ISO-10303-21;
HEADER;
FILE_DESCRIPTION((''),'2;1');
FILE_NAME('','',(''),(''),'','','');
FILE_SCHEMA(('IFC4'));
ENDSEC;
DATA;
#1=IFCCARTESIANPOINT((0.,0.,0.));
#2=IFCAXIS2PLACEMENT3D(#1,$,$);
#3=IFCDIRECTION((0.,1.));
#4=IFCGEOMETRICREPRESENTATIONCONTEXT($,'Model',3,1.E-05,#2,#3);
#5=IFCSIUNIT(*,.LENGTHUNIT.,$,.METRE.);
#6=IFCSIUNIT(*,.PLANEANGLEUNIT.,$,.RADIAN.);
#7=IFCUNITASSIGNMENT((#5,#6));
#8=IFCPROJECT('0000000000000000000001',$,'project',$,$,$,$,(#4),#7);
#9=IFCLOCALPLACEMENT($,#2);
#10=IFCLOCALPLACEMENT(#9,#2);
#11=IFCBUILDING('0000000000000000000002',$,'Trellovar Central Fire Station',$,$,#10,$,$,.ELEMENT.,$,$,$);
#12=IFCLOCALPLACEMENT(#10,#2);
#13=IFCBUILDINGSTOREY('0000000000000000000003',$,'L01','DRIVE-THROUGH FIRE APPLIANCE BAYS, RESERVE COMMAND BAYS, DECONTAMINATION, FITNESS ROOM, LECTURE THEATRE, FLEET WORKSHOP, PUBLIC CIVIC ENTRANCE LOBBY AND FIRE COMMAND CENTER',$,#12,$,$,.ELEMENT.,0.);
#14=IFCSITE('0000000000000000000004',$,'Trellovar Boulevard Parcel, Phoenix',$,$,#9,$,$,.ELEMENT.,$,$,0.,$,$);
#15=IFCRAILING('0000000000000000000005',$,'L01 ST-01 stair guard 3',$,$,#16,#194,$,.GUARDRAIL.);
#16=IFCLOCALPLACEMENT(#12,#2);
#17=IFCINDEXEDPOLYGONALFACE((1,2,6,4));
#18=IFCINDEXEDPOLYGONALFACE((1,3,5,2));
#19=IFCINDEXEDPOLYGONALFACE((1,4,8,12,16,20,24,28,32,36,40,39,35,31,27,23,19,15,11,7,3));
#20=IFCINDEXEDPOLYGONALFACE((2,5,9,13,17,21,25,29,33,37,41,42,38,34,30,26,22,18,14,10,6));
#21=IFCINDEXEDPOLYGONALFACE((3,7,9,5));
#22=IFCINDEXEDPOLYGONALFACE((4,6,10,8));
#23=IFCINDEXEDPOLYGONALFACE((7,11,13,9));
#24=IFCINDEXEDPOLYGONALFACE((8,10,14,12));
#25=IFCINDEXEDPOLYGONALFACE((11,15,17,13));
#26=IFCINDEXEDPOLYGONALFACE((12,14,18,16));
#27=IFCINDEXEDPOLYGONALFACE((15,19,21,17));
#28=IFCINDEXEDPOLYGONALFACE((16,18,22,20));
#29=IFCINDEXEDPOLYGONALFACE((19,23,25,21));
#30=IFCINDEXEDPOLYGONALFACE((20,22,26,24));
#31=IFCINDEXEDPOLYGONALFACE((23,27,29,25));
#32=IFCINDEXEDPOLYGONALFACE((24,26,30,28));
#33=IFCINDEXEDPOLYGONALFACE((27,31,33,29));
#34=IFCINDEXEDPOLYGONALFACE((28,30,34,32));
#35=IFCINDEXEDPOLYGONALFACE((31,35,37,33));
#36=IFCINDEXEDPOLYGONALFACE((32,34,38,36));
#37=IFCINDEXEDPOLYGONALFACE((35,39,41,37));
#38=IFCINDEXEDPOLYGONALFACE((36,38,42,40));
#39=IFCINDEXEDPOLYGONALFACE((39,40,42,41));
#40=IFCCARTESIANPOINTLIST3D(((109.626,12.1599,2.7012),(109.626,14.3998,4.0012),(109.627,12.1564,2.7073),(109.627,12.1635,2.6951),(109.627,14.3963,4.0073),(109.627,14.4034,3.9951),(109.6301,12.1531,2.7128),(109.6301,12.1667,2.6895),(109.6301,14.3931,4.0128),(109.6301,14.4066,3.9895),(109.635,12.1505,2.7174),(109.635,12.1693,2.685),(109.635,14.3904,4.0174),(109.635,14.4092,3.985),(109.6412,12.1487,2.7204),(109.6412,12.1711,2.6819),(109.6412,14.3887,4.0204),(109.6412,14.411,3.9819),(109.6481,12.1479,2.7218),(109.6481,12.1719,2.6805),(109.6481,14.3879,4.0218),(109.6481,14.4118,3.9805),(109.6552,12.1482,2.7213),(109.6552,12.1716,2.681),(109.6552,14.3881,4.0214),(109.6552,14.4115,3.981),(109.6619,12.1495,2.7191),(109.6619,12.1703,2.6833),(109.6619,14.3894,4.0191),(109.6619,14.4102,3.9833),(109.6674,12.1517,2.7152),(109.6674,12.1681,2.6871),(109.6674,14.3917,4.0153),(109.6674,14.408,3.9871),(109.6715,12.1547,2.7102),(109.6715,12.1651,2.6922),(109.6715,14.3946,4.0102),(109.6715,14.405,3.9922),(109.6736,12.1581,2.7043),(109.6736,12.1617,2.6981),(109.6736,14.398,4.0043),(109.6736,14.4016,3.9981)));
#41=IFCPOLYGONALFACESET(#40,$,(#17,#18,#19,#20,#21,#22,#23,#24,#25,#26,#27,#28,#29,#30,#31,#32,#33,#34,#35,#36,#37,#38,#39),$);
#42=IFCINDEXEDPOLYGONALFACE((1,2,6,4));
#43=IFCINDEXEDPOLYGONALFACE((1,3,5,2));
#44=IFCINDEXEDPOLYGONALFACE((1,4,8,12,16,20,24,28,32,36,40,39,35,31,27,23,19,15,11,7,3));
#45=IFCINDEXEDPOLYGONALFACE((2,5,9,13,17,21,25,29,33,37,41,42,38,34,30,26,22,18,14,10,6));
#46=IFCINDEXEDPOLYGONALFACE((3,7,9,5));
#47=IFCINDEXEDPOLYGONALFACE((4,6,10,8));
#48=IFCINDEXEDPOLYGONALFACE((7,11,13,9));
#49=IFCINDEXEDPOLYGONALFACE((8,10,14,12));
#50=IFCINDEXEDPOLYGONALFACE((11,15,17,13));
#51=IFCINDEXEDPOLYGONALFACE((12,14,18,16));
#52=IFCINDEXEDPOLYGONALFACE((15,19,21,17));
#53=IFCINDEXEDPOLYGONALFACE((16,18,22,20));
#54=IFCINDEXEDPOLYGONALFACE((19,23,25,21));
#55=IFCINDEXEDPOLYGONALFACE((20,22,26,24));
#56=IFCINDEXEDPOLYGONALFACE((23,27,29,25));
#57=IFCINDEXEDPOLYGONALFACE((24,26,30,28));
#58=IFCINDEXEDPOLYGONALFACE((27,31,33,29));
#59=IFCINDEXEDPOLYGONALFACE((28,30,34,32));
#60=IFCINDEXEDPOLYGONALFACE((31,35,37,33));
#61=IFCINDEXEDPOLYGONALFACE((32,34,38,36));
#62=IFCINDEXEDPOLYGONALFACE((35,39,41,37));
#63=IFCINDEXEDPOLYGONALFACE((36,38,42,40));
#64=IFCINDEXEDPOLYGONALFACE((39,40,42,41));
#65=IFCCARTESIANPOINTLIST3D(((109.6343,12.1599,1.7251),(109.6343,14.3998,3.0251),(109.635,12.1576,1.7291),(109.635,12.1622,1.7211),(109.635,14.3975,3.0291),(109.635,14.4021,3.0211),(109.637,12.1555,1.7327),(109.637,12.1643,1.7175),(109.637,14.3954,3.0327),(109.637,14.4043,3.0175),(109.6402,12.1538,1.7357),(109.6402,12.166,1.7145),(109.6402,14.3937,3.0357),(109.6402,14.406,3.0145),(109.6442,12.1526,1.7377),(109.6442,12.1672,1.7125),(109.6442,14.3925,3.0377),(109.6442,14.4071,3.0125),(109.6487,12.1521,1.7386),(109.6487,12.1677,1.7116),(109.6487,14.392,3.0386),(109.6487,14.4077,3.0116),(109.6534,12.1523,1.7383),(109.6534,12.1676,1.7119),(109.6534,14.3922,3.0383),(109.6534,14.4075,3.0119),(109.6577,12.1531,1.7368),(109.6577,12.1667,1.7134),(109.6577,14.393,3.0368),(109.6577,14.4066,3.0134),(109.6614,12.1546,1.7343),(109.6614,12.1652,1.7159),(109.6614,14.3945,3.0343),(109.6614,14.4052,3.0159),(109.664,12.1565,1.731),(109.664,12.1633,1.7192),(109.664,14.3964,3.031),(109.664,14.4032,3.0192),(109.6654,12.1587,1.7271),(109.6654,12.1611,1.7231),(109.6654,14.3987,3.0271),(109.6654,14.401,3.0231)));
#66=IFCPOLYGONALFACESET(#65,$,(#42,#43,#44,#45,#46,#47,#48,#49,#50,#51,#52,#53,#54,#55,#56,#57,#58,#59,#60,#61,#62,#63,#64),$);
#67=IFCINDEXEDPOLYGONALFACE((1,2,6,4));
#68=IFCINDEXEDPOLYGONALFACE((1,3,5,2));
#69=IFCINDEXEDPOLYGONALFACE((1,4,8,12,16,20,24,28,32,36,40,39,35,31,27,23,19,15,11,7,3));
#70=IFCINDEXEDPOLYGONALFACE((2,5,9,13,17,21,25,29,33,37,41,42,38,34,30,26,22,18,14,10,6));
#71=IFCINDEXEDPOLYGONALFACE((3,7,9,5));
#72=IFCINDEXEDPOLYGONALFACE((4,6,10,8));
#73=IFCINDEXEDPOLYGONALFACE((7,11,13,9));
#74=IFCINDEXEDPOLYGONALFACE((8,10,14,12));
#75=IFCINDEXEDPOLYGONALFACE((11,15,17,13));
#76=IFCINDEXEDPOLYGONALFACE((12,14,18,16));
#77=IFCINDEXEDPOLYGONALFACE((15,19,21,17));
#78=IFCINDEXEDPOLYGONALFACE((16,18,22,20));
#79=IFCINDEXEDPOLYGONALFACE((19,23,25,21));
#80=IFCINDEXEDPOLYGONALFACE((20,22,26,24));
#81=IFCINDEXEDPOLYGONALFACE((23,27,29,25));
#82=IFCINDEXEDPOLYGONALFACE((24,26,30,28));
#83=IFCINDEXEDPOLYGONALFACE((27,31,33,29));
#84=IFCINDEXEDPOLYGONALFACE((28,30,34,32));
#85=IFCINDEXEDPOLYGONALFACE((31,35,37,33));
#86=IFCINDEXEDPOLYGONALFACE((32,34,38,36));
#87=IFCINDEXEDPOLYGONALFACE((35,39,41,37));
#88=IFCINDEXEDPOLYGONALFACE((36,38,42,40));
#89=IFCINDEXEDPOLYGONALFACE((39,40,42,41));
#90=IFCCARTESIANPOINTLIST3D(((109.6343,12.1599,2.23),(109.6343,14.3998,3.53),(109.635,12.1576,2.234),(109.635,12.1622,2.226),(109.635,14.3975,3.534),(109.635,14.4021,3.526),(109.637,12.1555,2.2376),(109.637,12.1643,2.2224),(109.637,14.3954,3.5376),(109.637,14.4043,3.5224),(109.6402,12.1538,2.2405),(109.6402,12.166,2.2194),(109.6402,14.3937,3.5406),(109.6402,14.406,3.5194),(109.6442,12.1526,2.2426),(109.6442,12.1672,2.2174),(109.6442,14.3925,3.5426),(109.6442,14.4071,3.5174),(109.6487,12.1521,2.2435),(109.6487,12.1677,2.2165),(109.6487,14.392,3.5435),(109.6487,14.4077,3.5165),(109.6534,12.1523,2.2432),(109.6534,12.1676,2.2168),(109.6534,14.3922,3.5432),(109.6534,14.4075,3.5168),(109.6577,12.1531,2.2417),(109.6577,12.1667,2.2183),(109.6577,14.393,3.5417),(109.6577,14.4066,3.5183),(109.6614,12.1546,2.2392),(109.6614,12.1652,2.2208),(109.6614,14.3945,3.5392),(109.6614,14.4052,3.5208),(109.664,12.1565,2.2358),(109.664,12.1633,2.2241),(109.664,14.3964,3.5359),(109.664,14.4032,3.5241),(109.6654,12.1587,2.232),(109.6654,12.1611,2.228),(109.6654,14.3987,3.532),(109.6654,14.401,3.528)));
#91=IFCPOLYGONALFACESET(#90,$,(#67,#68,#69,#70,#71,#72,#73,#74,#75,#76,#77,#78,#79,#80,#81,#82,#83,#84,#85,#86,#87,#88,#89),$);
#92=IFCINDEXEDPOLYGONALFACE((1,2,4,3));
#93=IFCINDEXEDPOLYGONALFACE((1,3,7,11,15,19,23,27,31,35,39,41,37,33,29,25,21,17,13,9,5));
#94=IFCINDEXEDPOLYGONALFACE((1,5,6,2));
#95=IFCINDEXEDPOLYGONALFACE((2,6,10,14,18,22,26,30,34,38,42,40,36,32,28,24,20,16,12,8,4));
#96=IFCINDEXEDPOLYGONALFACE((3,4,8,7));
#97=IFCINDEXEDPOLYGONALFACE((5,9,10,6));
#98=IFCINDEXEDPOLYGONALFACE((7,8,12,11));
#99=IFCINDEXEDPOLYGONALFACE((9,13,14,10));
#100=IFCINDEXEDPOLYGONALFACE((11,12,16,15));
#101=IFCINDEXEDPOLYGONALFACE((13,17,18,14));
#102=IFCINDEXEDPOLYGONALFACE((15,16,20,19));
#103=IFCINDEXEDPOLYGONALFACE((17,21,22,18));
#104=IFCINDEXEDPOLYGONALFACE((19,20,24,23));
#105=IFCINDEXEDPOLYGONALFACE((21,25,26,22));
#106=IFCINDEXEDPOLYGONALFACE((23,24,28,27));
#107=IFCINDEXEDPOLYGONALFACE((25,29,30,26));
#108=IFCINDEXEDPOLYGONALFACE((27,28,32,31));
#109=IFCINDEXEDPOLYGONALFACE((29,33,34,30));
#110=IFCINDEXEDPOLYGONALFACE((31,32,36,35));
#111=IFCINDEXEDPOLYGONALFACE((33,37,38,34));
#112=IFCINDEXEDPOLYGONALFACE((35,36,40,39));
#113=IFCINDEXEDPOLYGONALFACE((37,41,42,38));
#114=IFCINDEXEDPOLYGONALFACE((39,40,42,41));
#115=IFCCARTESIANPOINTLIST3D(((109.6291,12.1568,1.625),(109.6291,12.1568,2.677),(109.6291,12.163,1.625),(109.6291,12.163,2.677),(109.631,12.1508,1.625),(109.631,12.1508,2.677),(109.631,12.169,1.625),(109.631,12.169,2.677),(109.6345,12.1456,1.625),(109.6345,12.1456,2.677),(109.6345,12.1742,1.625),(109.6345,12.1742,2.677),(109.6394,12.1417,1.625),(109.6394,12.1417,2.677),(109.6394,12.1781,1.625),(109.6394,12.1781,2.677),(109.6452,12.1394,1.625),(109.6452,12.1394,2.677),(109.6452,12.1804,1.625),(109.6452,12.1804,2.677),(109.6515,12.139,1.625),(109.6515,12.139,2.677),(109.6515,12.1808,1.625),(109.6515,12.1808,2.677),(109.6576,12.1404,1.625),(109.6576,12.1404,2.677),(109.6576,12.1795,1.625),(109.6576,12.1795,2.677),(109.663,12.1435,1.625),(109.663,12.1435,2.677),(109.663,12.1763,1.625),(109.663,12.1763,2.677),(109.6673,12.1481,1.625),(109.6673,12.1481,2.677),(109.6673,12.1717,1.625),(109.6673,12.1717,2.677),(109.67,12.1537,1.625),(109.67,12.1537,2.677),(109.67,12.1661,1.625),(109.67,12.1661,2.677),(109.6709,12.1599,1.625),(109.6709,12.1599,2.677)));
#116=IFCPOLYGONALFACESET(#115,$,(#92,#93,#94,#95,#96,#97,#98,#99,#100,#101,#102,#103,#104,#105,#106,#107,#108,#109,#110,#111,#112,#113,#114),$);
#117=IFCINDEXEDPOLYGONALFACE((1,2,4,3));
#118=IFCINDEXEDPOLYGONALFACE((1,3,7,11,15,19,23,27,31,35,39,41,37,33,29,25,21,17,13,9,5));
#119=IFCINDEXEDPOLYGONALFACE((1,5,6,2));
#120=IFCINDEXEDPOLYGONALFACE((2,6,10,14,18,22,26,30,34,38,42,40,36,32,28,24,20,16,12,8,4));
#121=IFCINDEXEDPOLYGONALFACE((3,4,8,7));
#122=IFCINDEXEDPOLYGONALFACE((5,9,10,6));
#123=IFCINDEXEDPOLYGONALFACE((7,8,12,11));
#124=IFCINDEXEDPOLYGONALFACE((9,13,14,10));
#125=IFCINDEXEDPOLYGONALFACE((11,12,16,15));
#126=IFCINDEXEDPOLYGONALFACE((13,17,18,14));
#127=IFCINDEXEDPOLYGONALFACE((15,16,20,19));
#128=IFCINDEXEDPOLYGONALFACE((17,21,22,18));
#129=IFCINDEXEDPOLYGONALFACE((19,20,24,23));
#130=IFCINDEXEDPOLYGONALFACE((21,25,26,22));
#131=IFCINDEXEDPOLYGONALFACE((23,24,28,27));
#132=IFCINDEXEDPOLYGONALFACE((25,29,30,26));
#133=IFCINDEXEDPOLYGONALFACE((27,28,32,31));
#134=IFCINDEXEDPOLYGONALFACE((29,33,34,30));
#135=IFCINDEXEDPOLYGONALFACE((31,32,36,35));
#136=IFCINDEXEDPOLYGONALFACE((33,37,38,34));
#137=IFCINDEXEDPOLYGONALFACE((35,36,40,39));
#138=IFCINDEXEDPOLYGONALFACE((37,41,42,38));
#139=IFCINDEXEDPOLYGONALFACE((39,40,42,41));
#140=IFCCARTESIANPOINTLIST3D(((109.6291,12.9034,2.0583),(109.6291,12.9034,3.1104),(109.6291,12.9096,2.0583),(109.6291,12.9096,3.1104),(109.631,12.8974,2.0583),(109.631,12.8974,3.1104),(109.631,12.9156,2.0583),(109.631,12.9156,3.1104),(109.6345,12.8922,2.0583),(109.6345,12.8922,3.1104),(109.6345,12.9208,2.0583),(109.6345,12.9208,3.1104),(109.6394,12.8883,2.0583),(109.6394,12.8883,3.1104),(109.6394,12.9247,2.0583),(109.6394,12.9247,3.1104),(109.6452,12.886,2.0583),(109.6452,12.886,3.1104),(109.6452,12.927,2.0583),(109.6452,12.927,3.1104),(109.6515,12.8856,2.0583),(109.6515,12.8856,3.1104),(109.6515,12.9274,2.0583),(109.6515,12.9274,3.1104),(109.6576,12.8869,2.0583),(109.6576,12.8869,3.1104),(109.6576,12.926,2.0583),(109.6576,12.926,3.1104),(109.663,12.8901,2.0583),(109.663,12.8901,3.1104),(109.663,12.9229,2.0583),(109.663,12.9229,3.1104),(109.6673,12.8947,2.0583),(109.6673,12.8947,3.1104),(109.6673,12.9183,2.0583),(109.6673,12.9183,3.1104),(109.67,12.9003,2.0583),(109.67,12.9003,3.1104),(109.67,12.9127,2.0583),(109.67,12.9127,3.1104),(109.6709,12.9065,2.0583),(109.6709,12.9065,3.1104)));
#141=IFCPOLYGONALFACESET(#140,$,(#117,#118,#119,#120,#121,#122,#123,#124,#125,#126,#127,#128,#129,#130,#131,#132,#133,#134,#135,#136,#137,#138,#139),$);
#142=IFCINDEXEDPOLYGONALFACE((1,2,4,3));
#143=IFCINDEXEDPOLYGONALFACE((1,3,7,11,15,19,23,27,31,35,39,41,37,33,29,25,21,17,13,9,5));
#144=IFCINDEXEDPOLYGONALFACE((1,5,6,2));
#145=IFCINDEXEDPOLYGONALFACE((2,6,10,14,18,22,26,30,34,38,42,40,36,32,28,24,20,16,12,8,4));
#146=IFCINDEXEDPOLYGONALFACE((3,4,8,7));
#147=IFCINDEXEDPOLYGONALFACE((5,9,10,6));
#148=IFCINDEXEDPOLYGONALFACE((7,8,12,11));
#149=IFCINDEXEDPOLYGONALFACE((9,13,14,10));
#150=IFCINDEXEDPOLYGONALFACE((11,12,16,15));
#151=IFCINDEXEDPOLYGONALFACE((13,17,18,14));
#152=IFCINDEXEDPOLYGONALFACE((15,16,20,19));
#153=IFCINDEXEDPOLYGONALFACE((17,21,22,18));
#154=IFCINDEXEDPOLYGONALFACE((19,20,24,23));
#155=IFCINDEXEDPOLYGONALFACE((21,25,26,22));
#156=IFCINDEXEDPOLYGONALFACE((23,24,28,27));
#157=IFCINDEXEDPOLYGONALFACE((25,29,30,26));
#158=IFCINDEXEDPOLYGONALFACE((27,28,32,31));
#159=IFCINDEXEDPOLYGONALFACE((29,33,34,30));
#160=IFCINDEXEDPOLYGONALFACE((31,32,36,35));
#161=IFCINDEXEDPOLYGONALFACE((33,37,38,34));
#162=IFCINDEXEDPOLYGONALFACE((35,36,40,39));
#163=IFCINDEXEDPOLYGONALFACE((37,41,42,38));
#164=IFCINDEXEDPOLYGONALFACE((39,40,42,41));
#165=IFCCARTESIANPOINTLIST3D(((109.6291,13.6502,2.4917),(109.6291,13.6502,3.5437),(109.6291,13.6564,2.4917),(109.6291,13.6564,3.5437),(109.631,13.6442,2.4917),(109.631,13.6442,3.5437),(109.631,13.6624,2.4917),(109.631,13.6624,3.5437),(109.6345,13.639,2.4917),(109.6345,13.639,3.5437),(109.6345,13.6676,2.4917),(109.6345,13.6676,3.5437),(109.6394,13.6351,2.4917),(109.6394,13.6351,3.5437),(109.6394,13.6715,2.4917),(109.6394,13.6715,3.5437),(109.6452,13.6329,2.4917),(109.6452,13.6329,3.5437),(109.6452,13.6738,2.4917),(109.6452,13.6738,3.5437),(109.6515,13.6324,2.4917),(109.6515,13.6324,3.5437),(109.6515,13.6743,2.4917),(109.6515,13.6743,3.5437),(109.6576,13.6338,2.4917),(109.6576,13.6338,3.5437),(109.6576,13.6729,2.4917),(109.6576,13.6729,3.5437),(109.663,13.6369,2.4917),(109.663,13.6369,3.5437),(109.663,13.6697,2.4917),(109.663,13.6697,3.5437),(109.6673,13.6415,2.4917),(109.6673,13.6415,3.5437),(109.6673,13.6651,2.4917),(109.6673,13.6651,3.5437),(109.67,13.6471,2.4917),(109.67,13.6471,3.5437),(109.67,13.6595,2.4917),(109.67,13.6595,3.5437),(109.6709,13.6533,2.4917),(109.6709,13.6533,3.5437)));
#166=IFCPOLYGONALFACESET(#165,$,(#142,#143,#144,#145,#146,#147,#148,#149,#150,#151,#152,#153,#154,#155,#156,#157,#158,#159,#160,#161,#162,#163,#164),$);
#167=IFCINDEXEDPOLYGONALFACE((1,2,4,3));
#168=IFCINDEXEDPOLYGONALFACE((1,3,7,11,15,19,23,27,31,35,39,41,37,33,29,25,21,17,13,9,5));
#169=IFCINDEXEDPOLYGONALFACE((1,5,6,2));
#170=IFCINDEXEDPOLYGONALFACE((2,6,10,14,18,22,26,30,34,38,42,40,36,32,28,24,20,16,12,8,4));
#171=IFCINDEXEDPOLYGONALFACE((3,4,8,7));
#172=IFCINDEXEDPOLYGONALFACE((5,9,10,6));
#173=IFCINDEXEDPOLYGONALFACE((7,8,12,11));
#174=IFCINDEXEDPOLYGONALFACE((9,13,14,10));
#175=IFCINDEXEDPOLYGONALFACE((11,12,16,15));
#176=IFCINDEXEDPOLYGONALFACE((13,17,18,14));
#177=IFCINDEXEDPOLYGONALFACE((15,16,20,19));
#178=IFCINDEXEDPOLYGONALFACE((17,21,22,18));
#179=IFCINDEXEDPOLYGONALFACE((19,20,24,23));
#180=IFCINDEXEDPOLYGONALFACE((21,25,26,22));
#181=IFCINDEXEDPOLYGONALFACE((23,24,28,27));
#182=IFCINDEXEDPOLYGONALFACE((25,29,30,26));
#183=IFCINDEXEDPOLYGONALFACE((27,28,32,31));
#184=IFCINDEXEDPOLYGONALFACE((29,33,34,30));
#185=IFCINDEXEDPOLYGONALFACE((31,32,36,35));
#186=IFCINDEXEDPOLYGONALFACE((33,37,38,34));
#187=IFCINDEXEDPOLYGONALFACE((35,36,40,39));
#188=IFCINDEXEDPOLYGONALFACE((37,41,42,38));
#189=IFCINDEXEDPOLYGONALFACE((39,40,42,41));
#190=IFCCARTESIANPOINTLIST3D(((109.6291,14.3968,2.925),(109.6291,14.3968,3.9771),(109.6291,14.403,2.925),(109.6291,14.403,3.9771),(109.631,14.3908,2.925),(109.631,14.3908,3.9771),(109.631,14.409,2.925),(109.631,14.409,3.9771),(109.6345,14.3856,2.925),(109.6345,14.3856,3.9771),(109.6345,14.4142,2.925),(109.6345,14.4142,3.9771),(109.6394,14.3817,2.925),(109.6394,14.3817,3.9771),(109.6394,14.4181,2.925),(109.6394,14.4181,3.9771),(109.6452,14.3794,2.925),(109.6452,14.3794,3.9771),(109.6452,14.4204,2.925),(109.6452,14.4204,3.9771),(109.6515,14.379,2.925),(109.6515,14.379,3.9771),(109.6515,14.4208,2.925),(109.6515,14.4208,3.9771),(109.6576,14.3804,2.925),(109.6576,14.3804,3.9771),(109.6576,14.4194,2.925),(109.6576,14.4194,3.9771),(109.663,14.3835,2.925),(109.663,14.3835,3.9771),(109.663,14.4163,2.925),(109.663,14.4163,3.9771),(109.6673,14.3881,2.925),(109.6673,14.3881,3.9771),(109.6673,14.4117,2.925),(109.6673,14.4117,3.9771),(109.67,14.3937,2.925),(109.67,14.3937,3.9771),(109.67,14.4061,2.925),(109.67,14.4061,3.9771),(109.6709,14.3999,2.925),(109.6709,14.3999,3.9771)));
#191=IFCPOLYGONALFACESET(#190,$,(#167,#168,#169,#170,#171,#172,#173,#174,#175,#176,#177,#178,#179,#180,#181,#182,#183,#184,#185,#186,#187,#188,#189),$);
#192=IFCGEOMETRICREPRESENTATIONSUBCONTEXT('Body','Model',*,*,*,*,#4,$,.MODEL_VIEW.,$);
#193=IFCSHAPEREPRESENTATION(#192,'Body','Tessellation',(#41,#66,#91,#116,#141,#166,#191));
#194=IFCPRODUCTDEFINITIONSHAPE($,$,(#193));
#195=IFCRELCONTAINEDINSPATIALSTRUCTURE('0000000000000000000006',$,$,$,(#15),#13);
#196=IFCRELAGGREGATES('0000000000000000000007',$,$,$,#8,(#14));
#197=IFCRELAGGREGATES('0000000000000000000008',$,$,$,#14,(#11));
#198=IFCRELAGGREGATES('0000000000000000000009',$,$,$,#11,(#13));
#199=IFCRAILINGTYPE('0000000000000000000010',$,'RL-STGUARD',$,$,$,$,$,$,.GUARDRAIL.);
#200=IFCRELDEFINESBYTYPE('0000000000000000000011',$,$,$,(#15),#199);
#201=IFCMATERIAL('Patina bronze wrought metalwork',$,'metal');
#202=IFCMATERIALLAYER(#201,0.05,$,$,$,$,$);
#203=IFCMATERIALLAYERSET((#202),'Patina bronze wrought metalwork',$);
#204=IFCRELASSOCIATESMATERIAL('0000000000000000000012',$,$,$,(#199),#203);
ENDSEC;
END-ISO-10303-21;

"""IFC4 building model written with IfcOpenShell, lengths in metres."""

from ifc_helpers import new_model, si_unit, direction, frame, origin, origin_2d, place, context, subcontext, project, spatial, circle, extrude, material, layer, layer_set, type_object, element, save


model = new_model("IFC4")

# Units and contexts
model_context = context("Model", 3, precision=1e-05, world=origin(), true_north=direction((0.0, 1.0)))
body_context = subcontext(model_context, "Body", "Model", "MODEL_VIEW")
ifc_project = project(units=[si_unit("LENGTHUNIT", "METRE"), si_unit("PLANEANGLEUNIT", "RADIAN")], contexts=[model_context])

# Site, building, storey
site_placement = place(None, origin())
site = spatial("IfcSite", under=ifc_project, at=site_placement, Name="Trellovar Boulevard Parcel, Phoenix", CompositionType="ELEMENT", RefElevation=0.0)
building_placement = place(site_placement, origin())
building = spatial("IfcBuilding", under=site, at=building_placement, Name="Trellovar Central Fire Station", CompositionType="ELEMENT")
storey_placement = place(building_placement, origin())
storey = spatial("IfcBuildingStorey", under=building, at=storey_placement, Name="L01", Description="DRIVE-THROUGH FIRE APPLIANCE BAYS, RESERVE COMMAND BAYS, DECONTAMINATION, FITNESS ROOM, LECTURE THEATRE, FLEET WORKSHOP, PUBLIC CIVIC ENTRANCE LOBBY AND FIRE COMMAND CENTER", CompositionType="ELEMENT", Elevation=0.0)

# Railing
ifc_material_1 = material(Name="Patina bronze wrought metalwork", Category="metal")
ifc_layer_1 = layer(ifc_material_1, 0.05)
ifc_layer_set_1 = layer_set([ifc_layer_1], Name="Patina bronze wrought metalwork")
railing_type_1 = type_object("IfcRailingType", Name="RL-STGUARD", PredefinedType="GUARDRAIL", material=ifc_layer_set_1)
railing_1_placement = place(storey_placement, frame((109.6499, 12.1599, 1.625)))
element("IfcRailing", 1, at=railing_1_placement, inside=storey, type_object=railing_type_1, Name="L01 ST-01 stair guard 3", PredefinedType="GUARDRAIL", context=body_context, shape_type="SweptSolid", body=[
    extrude(circle(Radius=0.0239, at=origin_2d()), frame((0.0, 0.0, 1.0762), z_axis=(0.0, 0.864888, 0.501965), x_axis=(-1.0, 0.0, 0.0)), (0.0, 0.0, 1.0), 2.5898),
    extrude(circle(Radius=0.0156, at=origin_2d()), frame((0.0, 0.0, 0.1001), z_axis=(0.0, 0.864888, 0.501965), x_axis=(-1.0, 0.0, 0.0)), (0.0, 0.0, 1.0), 2.5898),
    extrude(circle(Radius=0.0156, at=origin_2d()), frame((0.0, 0.0, 0.605), z_axis=(0.0, 0.864888, 0.501965), x_axis=(-1.0, 0.0, 0.0)), (0.0, 0.0, 1.0), 2.5898),
    extrude(circle(Radius=0.021, at=origin_2d()), origin(), (0.0, 0.0, 1.0), 1.052),
    extrude(circle(Radius=0.021, at=origin_2d()), frame((0.0, 0.7466, 0.4333)), (0.0, 0.0, 1.0), 1.052),
    extrude(circle(Radius=0.021, at=origin_2d()), frame((0.0, 1.4934, 0.8667)), (0.0, 0.0, 1.0), 1.052),
    extrude(circle(Radius=0.021, at=origin_2d()), frame((0.0, 2.24, 1.3)), (0.0, 0.0, 1.0), 1.052),
])

save(model, "model.ifc")
